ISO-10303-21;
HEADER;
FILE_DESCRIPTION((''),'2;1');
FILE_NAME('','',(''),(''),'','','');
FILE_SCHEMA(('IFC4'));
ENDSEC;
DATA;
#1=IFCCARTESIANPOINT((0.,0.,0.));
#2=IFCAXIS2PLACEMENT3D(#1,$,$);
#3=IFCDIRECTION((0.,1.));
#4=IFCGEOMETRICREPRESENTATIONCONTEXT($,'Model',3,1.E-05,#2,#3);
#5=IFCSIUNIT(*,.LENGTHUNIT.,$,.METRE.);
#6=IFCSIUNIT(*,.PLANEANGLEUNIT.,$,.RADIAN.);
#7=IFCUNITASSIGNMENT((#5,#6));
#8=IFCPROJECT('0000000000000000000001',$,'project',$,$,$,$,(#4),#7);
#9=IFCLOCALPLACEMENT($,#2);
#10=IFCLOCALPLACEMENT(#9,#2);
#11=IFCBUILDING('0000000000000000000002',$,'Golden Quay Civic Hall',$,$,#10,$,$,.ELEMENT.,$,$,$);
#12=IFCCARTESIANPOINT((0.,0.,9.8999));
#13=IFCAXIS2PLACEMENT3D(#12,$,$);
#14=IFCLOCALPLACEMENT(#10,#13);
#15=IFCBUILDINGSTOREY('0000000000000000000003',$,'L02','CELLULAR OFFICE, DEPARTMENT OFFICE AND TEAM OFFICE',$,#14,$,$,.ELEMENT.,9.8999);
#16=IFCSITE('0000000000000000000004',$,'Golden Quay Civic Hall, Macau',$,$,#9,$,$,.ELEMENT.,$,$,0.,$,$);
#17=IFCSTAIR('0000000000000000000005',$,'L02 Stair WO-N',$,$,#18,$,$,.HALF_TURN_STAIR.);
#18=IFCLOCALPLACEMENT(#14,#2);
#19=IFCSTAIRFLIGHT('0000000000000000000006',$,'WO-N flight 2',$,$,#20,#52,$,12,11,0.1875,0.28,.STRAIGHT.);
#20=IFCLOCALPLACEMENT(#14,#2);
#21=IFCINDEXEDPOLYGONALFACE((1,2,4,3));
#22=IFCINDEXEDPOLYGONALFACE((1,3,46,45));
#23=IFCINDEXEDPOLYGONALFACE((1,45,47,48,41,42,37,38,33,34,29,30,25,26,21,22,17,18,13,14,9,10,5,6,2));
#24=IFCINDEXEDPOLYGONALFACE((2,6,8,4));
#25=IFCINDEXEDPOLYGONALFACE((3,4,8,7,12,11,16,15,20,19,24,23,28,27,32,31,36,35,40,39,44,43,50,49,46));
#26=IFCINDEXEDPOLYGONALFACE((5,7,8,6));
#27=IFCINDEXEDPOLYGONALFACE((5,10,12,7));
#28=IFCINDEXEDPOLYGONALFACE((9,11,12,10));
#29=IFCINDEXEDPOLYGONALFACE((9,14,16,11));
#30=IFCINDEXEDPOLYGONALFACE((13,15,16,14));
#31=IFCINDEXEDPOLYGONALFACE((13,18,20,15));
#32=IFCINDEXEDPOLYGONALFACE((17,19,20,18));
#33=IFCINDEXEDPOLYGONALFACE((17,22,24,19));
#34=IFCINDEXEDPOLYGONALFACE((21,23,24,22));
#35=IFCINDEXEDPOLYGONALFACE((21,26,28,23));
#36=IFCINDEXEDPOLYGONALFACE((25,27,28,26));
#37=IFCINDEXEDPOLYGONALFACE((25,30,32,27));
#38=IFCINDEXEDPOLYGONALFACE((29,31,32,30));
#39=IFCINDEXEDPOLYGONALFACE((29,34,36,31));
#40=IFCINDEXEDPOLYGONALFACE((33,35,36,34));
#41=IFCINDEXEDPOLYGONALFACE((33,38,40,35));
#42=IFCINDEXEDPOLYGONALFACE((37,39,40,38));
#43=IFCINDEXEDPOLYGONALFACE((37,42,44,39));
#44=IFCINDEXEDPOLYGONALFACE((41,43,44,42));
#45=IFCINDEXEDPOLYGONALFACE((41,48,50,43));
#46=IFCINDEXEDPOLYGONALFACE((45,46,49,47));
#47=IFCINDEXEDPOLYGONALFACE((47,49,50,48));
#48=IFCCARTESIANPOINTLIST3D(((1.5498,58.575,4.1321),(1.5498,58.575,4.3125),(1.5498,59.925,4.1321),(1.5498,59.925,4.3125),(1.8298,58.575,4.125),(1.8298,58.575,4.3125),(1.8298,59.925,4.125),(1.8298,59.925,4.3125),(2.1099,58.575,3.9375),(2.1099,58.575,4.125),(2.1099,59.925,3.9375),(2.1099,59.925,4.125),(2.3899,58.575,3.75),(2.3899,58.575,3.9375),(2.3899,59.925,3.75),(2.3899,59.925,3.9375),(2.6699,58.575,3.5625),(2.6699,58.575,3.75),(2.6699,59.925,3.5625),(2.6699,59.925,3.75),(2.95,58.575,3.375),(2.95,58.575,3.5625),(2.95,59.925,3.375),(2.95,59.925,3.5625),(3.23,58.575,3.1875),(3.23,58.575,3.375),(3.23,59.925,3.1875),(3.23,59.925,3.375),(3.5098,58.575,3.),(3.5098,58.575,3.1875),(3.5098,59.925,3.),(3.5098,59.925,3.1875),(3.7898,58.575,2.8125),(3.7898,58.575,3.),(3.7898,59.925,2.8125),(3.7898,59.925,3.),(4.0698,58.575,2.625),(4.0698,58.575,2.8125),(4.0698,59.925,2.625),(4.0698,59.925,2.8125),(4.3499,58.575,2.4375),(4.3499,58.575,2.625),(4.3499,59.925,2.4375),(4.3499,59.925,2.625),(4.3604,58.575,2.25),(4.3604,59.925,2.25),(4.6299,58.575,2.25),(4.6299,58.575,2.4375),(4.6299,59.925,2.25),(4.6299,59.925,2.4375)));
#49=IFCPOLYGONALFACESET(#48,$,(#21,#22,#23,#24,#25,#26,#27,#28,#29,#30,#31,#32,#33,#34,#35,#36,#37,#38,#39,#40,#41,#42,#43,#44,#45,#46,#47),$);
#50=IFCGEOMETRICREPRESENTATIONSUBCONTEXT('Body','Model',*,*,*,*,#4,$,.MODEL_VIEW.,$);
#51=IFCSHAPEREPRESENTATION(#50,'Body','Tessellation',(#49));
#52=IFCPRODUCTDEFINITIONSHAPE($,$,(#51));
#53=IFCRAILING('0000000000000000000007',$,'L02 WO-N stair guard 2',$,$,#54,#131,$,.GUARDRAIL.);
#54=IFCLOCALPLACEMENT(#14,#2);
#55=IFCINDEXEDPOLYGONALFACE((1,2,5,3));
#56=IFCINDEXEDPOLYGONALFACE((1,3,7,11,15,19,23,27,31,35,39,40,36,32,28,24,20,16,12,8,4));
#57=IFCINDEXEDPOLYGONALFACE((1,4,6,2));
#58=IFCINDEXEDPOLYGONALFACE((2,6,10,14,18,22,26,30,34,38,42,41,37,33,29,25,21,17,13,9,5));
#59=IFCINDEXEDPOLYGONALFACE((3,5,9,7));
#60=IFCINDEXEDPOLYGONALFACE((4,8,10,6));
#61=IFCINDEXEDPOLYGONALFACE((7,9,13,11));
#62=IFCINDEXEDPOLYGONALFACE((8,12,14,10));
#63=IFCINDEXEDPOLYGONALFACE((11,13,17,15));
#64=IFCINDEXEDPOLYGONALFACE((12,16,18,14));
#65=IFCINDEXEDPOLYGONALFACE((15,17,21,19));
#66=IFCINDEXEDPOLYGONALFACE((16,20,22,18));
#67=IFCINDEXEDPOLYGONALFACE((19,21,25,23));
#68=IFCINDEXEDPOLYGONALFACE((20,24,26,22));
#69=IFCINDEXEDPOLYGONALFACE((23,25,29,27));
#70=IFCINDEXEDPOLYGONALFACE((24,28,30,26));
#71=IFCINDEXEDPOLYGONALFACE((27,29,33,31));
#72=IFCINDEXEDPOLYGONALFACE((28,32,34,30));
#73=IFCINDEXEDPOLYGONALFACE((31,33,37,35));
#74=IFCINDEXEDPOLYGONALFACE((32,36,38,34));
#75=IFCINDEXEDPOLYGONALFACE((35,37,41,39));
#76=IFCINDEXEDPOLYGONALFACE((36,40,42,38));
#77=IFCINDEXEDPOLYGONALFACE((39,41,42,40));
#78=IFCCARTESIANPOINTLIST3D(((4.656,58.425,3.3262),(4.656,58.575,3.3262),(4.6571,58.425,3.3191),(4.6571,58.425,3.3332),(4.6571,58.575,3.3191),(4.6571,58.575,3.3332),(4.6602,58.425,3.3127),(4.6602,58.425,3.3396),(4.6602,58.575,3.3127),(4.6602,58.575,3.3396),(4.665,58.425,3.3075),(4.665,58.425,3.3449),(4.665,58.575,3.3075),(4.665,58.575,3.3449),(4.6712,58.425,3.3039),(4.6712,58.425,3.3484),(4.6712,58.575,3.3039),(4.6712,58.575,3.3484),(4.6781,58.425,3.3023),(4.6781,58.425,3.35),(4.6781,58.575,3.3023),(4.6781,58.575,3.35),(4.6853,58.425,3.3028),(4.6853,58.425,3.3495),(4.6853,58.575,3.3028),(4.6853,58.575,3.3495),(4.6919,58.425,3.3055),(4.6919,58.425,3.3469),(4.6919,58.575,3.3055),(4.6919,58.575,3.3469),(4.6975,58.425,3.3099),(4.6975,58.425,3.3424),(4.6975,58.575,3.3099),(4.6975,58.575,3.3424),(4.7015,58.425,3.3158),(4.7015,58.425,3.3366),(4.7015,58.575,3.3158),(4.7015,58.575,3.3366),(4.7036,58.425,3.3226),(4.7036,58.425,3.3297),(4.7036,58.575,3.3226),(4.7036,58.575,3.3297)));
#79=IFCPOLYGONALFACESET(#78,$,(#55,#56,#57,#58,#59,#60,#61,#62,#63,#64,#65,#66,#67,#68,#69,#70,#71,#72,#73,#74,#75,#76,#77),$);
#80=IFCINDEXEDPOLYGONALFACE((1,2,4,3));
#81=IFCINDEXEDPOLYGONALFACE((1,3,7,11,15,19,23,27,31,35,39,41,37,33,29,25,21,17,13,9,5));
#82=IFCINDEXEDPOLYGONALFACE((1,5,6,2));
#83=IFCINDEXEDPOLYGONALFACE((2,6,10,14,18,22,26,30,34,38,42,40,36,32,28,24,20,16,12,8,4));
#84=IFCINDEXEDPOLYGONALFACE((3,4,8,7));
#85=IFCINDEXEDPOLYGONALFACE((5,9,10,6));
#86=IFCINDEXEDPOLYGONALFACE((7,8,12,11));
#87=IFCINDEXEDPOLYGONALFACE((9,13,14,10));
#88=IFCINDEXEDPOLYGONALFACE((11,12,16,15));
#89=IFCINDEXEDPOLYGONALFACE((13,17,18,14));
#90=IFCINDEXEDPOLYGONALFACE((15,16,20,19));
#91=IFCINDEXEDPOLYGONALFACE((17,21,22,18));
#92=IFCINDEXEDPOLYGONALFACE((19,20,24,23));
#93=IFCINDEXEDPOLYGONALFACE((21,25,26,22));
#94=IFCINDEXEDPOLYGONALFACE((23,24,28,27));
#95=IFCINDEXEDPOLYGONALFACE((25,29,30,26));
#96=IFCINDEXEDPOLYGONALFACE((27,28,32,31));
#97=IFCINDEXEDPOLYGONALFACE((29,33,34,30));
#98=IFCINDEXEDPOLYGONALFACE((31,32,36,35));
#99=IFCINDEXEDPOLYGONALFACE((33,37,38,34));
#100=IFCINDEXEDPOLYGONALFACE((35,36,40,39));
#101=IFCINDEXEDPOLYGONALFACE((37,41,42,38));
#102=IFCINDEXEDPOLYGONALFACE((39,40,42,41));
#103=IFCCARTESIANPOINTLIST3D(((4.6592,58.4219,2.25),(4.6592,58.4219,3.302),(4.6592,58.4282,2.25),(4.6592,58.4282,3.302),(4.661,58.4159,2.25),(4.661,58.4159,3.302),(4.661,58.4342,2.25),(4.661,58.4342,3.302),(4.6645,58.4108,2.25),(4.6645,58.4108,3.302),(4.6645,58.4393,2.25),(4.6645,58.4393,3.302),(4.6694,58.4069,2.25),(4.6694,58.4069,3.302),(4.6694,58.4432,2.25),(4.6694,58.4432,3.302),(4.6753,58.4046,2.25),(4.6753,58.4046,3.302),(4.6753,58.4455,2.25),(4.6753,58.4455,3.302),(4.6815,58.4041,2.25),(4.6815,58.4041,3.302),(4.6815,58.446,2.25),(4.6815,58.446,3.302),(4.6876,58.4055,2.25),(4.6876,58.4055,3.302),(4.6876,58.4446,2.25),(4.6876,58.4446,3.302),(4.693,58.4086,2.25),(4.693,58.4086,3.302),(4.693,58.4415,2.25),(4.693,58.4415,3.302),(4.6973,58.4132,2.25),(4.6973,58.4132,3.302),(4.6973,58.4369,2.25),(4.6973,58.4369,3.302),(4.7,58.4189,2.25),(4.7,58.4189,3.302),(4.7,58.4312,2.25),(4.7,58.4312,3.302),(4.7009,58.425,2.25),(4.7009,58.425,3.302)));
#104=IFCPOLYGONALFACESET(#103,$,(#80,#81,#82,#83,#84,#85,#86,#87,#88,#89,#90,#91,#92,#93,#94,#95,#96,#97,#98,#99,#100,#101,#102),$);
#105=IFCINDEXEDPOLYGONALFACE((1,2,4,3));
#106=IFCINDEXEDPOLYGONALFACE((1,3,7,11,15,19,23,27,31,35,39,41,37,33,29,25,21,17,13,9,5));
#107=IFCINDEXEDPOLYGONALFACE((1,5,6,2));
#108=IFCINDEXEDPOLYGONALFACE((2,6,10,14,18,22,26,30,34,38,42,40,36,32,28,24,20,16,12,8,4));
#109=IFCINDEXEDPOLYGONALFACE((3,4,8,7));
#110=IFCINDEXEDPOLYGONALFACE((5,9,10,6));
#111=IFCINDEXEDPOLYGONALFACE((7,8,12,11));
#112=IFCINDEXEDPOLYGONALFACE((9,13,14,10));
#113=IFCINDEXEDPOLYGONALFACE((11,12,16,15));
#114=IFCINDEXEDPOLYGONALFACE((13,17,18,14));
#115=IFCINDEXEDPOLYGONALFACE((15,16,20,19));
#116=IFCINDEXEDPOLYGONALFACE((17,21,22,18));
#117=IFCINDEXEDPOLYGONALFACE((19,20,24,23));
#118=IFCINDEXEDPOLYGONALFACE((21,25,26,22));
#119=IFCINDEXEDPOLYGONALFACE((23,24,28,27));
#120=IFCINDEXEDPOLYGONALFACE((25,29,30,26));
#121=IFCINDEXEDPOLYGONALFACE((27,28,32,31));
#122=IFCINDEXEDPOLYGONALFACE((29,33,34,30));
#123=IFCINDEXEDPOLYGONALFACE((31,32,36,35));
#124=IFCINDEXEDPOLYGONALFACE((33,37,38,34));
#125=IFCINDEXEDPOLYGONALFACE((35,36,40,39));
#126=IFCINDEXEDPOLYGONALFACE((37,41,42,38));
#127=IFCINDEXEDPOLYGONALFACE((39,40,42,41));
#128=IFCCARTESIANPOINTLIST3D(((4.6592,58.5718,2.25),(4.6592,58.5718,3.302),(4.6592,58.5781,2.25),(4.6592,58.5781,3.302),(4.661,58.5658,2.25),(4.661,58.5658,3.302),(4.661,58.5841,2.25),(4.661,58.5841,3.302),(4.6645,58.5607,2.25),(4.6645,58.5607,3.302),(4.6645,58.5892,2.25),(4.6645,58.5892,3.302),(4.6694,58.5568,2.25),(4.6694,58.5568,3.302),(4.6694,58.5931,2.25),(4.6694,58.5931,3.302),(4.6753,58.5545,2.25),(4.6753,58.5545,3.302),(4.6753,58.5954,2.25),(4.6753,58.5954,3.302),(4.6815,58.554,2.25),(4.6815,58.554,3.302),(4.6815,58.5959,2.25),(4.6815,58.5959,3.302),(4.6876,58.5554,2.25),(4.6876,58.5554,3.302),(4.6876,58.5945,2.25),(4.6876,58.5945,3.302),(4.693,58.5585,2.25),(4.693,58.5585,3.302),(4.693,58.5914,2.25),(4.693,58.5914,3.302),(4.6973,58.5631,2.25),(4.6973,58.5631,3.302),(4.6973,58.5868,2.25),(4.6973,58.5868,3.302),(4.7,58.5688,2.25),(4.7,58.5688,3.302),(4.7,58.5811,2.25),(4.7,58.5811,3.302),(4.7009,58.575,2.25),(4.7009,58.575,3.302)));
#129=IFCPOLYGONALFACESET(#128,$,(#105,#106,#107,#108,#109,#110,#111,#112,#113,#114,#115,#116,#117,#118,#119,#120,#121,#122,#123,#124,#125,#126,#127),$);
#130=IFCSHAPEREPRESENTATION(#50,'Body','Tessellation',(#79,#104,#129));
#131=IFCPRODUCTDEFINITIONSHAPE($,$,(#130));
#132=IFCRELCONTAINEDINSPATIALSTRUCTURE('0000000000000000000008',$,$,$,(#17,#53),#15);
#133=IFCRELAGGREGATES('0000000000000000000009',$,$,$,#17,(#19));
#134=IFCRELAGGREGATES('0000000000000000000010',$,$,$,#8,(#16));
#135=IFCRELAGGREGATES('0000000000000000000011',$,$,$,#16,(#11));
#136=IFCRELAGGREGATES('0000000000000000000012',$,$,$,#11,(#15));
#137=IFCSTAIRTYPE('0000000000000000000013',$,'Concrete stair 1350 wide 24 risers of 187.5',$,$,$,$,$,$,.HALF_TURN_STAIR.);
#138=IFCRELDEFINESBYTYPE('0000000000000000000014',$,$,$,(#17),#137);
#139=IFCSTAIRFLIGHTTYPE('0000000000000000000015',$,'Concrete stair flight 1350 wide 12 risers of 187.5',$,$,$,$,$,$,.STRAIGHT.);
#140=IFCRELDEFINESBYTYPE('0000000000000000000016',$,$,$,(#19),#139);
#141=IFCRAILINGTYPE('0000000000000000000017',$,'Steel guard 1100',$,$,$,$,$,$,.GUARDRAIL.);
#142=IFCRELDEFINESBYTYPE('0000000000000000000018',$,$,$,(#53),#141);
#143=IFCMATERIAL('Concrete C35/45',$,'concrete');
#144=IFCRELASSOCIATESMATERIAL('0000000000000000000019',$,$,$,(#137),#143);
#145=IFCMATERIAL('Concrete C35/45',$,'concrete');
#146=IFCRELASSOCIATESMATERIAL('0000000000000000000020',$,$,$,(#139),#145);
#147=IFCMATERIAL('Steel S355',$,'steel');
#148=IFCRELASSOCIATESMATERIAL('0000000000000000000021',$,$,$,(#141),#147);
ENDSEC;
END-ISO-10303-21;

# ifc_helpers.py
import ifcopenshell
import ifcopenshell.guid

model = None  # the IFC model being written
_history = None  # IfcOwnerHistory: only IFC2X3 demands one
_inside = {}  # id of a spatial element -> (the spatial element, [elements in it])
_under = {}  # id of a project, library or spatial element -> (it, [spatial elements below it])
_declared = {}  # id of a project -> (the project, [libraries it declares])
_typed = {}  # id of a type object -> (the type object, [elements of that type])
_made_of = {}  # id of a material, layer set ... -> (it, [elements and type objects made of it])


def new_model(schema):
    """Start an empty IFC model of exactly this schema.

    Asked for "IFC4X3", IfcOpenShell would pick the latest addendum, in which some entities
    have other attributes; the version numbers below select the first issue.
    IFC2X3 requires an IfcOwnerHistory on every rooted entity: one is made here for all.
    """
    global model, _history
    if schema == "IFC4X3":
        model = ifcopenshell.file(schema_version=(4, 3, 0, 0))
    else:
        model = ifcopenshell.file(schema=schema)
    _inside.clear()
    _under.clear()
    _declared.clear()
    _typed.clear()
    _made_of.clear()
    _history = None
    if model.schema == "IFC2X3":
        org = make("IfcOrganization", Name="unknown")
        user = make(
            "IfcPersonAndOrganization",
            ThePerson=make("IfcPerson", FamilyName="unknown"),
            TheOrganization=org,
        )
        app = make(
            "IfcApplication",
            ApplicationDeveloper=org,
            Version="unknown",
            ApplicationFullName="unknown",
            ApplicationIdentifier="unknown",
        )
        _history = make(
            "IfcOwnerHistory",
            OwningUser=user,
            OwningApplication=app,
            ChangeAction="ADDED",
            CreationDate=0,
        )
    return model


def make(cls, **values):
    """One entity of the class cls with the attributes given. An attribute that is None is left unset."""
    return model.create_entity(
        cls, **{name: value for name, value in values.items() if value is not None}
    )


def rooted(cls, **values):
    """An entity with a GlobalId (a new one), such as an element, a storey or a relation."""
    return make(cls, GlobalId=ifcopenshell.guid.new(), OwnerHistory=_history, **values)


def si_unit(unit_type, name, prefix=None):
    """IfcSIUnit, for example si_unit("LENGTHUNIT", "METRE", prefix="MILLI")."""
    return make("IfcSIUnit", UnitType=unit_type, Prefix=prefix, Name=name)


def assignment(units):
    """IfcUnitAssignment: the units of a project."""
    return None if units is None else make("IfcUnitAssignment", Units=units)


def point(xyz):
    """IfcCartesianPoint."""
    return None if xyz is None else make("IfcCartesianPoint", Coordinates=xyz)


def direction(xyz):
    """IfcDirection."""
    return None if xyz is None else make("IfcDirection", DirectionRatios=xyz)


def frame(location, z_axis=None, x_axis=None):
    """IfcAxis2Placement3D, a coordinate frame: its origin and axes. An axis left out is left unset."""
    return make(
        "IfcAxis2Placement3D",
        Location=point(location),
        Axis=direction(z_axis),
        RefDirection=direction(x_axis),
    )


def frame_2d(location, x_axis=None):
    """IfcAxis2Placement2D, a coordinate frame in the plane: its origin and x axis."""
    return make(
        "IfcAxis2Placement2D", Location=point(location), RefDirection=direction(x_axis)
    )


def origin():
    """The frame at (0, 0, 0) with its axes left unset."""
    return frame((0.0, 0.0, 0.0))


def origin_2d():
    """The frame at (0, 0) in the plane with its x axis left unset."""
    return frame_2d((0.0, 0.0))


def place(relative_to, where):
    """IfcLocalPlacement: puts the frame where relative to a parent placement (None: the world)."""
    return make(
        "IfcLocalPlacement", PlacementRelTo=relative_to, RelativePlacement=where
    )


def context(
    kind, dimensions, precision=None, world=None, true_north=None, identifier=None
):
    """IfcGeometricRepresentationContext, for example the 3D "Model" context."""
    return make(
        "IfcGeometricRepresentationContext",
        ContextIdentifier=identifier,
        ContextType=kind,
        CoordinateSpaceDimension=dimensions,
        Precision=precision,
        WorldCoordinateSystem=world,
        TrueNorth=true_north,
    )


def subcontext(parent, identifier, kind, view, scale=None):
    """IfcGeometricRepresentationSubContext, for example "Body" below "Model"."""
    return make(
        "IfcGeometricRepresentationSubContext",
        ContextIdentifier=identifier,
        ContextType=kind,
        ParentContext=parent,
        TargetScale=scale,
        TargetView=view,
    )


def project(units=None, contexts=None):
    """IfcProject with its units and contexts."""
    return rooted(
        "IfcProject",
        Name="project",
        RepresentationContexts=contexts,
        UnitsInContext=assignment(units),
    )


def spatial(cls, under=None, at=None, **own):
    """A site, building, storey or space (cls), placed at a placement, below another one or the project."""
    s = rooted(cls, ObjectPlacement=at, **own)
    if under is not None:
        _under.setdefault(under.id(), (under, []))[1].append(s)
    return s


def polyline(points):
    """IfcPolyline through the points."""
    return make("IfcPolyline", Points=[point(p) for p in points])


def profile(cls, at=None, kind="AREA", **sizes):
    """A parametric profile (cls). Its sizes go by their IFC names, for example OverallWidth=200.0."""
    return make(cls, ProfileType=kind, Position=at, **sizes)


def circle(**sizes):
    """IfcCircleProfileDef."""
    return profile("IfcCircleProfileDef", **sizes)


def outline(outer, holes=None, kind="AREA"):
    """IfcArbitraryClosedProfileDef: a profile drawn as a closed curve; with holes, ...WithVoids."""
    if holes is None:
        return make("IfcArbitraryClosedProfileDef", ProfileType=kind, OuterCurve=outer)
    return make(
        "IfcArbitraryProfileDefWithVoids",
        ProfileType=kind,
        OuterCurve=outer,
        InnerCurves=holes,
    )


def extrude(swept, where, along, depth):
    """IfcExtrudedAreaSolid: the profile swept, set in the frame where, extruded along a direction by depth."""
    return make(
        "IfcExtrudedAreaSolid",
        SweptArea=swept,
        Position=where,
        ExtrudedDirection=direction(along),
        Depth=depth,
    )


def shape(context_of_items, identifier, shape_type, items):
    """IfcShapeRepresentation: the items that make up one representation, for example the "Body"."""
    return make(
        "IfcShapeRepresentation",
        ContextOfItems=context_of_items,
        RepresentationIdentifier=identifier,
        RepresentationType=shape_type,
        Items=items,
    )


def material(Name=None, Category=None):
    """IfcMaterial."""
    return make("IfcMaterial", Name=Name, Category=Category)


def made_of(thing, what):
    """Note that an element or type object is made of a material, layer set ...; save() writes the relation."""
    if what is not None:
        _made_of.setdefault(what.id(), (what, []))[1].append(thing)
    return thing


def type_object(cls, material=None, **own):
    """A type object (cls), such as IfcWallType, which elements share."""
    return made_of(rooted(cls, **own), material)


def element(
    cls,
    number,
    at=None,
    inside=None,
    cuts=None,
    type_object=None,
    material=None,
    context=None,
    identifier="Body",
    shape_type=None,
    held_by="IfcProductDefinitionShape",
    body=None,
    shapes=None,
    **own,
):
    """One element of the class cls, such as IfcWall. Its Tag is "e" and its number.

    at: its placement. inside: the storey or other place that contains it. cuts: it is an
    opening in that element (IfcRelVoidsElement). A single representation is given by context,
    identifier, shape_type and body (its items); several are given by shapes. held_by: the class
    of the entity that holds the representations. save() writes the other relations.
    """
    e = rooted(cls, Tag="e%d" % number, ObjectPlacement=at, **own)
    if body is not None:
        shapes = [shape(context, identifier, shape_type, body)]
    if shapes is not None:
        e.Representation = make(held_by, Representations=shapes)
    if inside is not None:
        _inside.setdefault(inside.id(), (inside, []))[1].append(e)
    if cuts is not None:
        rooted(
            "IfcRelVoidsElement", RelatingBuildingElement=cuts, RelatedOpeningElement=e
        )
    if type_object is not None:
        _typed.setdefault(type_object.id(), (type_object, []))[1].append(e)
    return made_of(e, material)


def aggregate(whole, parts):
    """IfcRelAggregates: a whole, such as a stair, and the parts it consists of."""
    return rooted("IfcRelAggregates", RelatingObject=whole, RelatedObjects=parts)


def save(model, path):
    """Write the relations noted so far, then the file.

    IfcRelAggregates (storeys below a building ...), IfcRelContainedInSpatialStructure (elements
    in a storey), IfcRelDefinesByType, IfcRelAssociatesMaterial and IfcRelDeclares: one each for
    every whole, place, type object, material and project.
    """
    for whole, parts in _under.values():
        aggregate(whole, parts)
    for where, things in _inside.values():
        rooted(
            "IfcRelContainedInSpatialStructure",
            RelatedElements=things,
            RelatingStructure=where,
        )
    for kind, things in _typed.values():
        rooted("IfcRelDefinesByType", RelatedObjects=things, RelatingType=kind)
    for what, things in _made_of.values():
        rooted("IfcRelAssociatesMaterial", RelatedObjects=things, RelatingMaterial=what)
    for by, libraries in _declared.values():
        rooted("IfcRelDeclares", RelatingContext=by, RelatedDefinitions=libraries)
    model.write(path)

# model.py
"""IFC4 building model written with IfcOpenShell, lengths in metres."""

from ifc_helpers import new_model, si_unit, direction, frame, origin, origin_2d, place, context, subcontext, project, spatial, polyline, circle, outline, extrude, material, type_object, element, aggregate, save


model = new_model("IFC4")

# Units and contexts
model_context = context("Model", 3, precision=1e-05, world=origin(), true_north=direction((0.0, 1.0)))
body_context = subcontext(model_context, "Body", "Model", "MODEL_VIEW")
ifc_project = project(units=[si_unit("LENGTHUNIT", "METRE"), si_unit("PLANEANGLEUNIT", "RADIAN")], contexts=[model_context])

# Site, building, storey
site_placement = place(None, origin())
site = spatial("IfcSite", under=ifc_project, at=site_placement, Name="Golden Quay Civic Hall, Macau", CompositionType="ELEMENT", RefElevation=0.0)
building_placement = place(site_placement, origin())
building = spatial("IfcBuilding", under=site, at=building_placement, Name="Golden Quay Civic Hall", CompositionType="ELEMENT")
storey_placement = place(building_placement, frame((0.0, 0.0, 9.8999)))
storey = spatial("IfcBuildingStorey", under=building, at=storey_placement, Name="L02", Description="CELLULAR OFFICE, DEPARTMENT OFFICE AND TEAM OFFICE", CompositionType="ELEMENT", Elevation=9.8999)

# Stair, stair flight
ifc_material_1 = material(Name="Concrete C35/45", Category="concrete")
stair_type = type_object("IfcStairType", Name="Concrete stair 1350 wide 24 risers of 187.5", PredefinedType="HALF_TURN_STAIR", material=ifc_material_1)
stair_placement = place(storey_placement, origin())
stair = element("IfcStair", 1, at=stair_placement, inside=storey, type_object=stair_type, Name="L02 Stair WO-N", PredefinedType="HALF_TURN_STAIR")
ifc_material_2 = material(Name="Concrete C35/45", Category="concrete")
stair_flight_type = type_object("IfcStairFlightType", Name="Concrete stair flight 1350 wide 12 risers of 187.5", PredefinedType="STRAIGHT", material=ifc_material_2)
stair_flight_placement = place(storey_placement, frame((4.6299, 59.25, 2.25), z_axis=(0.0, 0.0, 1.0), x_axis=(-1.0, 0.0, 0.0)))
stair_flight = element("IfcStairFlight", 2, at=stair_flight_placement, type_object=stair_flight_type, Name="WO-N flight 2", NumberOfRisers=12, NumberOfTreads=11, PredefinedType="STRAIGHT", RiserHeight=0.1875, TreadLength=0.28, context=body_context, shape_type="SweptSolid", body=[
    extrude(outline(polyline([(0.0, 0.0), (0.0, 0.1875), (0.28, 0.1875), (0.28, 0.375), (0.5601, 0.375), (0.5601, 0.5625), (0.8401, 0.5625), (0.8401, 0.75), (1.1201, 0.75), (1.1201, 0.9375), (1.3999, 0.9375), (1.3999, 1.125), (1.6799, 1.125), (1.6799, 1.3125), (1.96, 1.3125), (1.96, 1.5), (2.24, 1.5), (2.24, 1.6875), (2.52, 1.6875), (2.52, 1.875), (2.8, 1.875), (2.8, 2.0625), (3.0801, 2.0625), (3.0801, 2.25), (3.0801, 1.8821), (0.2695, 0.0), (0.0, 0.0)])), frame((0.0, 0.675, 0.0), z_axis=(0.0, -1.0, 0.0), x_axis=(1.0, 0.0, 0.0)), (0.0, 0.0, 1.0), 1.35),
])
aggregate(stair, [stair_flight])

# Railing
ifc_material_3 = material(Name="Steel S355", Category="steel")
railing_type_1 = type_object("IfcRailingType", Name="Steel guard 1100", PredefinedType="GUARDRAIL", material=ifc_material_3)
railing_1_placement = place(storey_placement, frame((4.6799, 58.425, 2.25)))
element("IfcRailing", 3, at=railing_1_placement, inside=storey, type_object=railing_type_1, Name="L02 WO-N stair guard 2", PredefinedType="GUARDRAIL", context=body_context, shape_type="SweptSolid", body=[
    extrude(circle(Radius=0.0239, at=origin_2d()), frame((0.0, 0.0, 1.0762), z_axis=(0.0, 1.0, 0.0), x_axis=(-1.0, 0.0, 0.0)), (0.0, 0.0, 1.0), 0.1499),
    extrude(circle(Radius=0.021, at=origin_2d()), origin(), (0.0, 0.0, 1.0), 1.052),
    extrude(circle(Radius=0.021, at=origin_2d()), frame((0.0, 0.1499, 0.0)), (0.0, 0.0, 1.0), 1.052),
])

save(model, "model.ifc")
